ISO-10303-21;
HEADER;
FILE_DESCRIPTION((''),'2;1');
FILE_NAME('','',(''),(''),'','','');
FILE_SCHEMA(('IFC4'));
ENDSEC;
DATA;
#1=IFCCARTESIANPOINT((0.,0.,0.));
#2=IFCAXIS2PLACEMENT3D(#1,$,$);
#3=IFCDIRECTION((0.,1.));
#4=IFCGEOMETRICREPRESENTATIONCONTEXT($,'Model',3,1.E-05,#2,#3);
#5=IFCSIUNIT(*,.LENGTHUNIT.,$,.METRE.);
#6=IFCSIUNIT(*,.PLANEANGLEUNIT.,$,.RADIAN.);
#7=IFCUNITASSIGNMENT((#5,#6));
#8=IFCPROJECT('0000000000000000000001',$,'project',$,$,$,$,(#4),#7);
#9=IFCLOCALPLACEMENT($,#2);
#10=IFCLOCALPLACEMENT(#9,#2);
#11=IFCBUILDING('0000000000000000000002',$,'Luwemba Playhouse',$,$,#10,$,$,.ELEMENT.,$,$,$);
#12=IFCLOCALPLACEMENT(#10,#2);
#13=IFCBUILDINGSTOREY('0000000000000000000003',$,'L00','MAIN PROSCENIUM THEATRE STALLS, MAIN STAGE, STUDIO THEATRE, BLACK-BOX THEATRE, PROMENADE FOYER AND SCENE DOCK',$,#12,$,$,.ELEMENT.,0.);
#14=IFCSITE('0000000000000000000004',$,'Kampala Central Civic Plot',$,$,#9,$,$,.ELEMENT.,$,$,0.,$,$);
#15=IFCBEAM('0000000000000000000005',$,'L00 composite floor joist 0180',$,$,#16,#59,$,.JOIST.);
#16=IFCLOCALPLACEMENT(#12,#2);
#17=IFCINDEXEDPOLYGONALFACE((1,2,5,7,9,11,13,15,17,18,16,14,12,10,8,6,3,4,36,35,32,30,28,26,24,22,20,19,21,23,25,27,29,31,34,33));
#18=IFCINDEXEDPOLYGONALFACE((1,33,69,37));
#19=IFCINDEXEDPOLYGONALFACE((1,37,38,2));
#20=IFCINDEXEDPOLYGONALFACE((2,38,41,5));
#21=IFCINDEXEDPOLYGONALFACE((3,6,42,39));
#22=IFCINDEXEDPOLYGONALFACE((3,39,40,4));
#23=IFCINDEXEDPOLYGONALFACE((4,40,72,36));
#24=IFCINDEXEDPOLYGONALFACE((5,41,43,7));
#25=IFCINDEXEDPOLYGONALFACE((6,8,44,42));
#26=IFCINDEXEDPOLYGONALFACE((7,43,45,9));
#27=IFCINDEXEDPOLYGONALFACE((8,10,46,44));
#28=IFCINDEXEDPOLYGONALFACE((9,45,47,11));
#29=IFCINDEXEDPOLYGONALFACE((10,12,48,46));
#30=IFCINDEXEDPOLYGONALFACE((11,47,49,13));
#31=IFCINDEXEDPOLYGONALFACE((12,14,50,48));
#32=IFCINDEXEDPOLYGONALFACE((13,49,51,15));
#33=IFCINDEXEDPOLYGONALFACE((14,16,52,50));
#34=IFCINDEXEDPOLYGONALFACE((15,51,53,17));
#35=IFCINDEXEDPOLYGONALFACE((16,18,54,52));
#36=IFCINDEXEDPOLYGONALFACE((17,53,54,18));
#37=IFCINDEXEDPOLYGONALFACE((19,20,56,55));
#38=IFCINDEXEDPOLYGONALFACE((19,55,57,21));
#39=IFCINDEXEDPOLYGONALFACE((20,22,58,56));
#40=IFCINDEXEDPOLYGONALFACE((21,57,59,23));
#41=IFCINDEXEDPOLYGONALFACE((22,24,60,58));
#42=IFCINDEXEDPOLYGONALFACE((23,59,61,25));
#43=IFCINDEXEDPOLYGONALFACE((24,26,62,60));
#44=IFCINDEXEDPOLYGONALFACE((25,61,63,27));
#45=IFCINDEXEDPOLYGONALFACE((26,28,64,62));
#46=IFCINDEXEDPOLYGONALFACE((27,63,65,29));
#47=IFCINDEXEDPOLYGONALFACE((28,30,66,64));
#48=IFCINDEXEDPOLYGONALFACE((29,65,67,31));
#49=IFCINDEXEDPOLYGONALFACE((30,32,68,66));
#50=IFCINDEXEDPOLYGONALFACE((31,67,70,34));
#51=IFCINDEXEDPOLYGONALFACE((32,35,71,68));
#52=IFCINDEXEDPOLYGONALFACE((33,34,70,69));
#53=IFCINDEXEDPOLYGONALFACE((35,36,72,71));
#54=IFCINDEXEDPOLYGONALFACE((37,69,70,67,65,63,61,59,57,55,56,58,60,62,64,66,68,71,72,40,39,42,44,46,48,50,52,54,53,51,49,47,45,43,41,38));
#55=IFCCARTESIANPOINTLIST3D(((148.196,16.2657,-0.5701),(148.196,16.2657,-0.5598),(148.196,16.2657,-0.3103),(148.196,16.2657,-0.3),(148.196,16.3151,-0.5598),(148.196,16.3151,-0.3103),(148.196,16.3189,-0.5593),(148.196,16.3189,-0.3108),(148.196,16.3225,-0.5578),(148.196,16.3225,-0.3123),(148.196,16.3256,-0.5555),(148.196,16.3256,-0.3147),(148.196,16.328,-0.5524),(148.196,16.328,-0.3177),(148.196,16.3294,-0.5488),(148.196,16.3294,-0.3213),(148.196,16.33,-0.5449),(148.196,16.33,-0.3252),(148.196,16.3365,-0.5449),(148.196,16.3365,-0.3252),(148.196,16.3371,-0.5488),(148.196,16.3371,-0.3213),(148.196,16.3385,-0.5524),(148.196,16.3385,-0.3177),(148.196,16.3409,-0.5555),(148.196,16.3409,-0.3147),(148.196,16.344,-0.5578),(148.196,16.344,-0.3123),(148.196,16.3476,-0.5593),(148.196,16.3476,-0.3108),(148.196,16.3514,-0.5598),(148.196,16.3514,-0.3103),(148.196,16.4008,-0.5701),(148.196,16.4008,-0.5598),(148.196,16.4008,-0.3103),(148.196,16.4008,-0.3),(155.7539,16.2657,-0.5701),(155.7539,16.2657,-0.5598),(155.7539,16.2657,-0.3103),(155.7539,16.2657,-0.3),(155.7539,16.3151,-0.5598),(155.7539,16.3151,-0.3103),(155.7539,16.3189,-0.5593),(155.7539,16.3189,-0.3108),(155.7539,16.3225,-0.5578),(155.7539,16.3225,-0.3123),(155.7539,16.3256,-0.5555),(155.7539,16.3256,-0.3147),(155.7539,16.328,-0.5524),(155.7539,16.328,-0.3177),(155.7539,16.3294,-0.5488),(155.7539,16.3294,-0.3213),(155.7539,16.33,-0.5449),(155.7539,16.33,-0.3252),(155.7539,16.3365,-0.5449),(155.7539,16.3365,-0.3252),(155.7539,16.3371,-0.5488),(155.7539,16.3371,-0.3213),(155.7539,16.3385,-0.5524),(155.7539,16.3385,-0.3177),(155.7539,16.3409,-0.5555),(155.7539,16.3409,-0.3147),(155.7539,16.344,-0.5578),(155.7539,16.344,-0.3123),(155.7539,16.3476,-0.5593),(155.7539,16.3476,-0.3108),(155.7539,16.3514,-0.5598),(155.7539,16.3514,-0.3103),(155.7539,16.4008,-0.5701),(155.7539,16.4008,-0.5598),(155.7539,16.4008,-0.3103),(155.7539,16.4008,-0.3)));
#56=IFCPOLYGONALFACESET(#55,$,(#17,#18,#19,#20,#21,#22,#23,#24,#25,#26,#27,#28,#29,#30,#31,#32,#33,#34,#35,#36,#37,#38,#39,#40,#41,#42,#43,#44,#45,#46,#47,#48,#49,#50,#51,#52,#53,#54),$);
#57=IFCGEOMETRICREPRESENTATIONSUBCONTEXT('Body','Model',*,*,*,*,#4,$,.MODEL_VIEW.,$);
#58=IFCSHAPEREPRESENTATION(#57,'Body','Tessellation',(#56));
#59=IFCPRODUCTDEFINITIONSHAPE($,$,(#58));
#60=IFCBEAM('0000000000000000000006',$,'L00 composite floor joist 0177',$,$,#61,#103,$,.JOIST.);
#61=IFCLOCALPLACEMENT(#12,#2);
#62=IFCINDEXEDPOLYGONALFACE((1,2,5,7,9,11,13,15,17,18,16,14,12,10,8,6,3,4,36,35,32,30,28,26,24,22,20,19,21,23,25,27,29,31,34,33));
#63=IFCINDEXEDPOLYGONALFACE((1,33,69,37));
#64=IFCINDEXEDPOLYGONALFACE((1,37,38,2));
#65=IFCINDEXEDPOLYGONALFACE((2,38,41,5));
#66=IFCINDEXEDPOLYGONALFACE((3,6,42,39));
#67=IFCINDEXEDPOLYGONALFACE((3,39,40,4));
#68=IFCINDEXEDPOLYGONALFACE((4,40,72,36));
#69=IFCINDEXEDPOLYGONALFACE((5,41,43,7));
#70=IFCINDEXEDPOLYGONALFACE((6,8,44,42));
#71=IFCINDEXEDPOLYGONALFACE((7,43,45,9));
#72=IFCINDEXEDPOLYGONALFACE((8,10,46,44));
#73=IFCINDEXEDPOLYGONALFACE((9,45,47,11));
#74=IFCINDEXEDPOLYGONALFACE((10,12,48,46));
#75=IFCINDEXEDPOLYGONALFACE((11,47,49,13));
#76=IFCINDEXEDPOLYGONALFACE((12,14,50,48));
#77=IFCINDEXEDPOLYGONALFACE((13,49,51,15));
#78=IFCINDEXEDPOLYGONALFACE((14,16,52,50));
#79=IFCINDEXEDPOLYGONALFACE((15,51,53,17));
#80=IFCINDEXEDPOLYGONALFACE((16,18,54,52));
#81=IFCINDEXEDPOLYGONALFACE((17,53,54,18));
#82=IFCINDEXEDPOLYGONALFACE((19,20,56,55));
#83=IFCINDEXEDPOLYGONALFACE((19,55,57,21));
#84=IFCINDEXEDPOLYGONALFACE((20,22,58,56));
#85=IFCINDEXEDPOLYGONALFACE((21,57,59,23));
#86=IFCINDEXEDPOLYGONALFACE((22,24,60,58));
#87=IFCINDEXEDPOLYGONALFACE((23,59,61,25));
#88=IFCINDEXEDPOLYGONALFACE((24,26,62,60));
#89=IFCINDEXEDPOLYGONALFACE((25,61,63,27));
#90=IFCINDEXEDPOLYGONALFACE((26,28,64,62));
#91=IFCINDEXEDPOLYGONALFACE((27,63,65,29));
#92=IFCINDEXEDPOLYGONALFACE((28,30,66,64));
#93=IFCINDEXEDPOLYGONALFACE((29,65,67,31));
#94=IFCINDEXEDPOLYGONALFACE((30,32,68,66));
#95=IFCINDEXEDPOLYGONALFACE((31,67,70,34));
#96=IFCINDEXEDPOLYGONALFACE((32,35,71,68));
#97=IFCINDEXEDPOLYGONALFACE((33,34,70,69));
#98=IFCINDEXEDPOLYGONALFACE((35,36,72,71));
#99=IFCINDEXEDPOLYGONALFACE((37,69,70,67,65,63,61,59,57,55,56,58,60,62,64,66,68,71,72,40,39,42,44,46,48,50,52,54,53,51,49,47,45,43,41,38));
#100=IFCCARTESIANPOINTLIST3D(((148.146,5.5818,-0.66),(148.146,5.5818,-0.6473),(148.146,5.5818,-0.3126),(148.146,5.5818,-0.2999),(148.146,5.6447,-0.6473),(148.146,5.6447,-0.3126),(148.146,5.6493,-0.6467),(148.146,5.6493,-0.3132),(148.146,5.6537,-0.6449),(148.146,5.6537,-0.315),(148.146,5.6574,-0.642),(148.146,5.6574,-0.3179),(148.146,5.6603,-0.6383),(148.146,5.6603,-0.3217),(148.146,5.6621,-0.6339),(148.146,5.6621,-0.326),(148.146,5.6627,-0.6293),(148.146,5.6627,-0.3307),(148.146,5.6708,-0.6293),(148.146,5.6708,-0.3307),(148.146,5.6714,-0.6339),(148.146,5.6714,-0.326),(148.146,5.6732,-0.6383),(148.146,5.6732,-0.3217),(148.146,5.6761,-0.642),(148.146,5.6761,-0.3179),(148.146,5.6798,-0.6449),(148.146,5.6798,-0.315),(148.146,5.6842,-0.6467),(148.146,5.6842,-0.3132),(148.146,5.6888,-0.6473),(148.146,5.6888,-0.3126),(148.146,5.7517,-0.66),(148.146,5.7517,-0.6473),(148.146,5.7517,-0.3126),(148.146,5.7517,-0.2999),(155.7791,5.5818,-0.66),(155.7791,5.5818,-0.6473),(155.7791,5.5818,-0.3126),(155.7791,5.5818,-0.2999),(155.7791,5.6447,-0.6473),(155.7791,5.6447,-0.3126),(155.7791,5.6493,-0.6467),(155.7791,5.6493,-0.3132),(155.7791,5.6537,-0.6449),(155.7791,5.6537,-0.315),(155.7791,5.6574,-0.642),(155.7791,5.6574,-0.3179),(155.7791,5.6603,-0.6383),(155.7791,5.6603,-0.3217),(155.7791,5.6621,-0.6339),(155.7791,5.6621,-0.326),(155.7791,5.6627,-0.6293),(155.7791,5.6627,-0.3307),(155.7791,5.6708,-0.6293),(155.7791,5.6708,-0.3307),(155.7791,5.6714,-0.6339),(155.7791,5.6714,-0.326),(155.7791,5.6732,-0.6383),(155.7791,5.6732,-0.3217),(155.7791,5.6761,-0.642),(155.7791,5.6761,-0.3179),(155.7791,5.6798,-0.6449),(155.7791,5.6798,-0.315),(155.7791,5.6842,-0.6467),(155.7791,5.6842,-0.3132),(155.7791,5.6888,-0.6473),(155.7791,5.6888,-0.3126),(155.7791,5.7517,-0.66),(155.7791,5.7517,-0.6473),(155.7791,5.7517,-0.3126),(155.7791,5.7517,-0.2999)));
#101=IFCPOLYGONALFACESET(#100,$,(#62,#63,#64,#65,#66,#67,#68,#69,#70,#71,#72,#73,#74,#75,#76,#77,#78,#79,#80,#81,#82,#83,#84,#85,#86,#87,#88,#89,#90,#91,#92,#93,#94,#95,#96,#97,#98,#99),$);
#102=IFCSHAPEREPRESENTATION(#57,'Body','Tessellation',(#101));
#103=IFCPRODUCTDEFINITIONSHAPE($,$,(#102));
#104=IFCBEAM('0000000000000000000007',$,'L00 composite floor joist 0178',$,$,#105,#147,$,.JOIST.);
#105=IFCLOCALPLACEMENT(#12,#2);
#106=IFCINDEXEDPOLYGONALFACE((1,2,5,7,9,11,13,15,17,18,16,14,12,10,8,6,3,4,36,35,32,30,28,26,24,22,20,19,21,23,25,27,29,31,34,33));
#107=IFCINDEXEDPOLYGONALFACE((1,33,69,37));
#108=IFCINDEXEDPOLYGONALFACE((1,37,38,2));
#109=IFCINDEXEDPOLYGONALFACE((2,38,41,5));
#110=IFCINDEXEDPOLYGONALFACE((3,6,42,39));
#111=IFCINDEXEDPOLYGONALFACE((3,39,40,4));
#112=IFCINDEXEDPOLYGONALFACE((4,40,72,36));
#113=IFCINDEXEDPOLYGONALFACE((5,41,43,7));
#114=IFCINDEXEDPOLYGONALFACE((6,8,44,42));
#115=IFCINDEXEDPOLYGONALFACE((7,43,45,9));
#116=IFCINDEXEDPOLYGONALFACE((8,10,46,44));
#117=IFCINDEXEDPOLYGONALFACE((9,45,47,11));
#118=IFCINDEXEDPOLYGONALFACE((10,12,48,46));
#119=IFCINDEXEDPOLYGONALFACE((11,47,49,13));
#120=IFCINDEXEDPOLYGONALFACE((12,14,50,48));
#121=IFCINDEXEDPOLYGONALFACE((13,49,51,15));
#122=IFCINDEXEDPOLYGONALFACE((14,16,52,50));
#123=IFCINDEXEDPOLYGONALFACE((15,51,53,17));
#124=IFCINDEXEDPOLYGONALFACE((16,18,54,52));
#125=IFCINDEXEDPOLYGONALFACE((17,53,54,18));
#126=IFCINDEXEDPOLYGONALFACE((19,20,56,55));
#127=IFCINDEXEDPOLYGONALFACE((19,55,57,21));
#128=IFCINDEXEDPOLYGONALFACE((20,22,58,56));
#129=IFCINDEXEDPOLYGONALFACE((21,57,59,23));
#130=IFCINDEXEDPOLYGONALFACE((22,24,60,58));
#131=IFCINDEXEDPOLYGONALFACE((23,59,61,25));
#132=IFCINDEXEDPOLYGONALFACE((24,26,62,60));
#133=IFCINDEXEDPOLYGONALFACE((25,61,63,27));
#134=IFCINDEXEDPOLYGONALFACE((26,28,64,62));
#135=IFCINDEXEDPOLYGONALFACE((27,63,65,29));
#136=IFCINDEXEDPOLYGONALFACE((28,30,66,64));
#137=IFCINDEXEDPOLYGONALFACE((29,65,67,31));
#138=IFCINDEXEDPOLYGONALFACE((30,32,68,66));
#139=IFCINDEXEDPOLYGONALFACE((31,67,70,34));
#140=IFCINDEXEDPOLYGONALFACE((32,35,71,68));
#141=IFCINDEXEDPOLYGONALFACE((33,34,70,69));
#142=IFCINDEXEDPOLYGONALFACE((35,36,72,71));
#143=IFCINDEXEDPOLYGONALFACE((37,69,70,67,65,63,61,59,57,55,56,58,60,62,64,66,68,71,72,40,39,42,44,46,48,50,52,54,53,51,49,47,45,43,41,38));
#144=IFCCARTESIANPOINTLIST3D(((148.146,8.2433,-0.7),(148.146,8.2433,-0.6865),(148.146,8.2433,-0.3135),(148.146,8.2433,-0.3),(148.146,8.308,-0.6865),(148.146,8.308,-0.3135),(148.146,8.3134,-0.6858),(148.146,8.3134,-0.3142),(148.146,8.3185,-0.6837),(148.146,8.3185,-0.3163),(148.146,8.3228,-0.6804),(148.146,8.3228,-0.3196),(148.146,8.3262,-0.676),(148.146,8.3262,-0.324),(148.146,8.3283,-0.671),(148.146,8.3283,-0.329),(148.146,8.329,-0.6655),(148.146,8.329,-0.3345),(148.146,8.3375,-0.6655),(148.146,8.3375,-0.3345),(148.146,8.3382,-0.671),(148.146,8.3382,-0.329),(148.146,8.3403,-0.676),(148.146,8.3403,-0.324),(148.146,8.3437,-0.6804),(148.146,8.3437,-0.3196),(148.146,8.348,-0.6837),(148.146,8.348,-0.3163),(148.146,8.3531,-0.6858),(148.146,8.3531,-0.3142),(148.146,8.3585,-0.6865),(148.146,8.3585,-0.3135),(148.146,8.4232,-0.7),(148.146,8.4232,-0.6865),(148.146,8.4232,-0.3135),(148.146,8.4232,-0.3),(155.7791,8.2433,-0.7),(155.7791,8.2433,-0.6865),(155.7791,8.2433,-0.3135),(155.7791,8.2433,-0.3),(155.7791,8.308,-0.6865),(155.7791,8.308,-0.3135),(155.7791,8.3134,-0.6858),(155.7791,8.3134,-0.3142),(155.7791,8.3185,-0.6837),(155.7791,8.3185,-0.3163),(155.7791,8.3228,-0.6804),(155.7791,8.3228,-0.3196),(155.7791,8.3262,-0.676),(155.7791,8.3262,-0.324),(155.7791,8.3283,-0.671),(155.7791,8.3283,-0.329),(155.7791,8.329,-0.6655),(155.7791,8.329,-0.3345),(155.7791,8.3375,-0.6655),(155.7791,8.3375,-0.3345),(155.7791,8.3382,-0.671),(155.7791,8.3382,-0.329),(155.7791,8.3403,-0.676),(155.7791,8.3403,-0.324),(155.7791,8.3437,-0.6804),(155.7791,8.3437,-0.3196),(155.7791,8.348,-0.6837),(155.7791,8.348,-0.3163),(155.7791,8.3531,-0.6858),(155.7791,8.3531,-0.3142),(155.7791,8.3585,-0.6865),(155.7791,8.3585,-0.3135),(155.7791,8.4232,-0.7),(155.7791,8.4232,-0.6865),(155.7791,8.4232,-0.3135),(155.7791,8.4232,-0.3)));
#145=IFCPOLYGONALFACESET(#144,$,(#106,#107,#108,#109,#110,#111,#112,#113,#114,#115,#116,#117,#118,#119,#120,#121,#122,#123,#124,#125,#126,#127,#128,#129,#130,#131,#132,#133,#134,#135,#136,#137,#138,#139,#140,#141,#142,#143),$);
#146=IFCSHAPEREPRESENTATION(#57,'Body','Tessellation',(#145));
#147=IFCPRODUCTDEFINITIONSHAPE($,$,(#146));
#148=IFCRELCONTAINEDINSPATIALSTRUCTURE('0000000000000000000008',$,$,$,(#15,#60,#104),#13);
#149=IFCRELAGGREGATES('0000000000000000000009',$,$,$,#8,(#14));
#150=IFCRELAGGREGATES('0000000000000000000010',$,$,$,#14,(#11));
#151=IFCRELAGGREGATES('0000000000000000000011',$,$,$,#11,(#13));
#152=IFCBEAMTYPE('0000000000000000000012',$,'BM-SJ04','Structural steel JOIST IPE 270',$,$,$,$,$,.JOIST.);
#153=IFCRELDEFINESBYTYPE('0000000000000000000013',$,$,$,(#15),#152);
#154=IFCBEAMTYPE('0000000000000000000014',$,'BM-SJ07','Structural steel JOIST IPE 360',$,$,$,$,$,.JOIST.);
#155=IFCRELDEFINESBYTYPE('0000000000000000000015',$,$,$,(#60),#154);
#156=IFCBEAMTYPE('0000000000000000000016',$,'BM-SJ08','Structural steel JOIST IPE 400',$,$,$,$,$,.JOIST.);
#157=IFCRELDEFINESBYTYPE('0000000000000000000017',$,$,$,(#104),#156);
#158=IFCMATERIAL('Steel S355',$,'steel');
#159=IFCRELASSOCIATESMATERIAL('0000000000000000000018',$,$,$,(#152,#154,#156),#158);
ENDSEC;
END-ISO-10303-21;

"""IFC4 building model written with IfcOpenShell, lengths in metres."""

from ifc_helpers import new_model, si_unit, direction, frame, origin, origin_2d, place, context, subcontext, project, spatial, i_section, extrude, material, material_profile, profile_set, type_object, element, save


model = new_model("IFC4")

# Units and contexts
model_context = context("Model", 3, precision=1e-05, world=origin(), true_north=direction((0.0, 1.0)))
body_context = subcontext(model_context, "Body", "Model", "MODEL_VIEW")
ifc_project = project(units=[si_unit("LENGTHUNIT", "METRE"), si_unit("PLANEANGLEUNIT", "RADIAN")], contexts=[model_context])

# Site, building, storey
site_placement = place(None, origin())
site = spatial("IfcSite", under=ifc_project, at=site_placement, Name="Kampala Central Civic Plot", CompositionType="ELEMENT", RefElevation=0.0)
building_placement = place(site_placement, origin())
building = spatial("IfcBuilding", under=site, at=building_placement, Name="Luwemba Playhouse", CompositionType="ELEMENT")
storey_placement = place(building_placement, origin())
storey = spatial("IfcBuildingStorey", under=building, at=storey_placement, Name="L00", Description="MAIN PROSCENIUM THEATRE STALLS, MAIN STAGE, STUDIO THEATRE, BLACK-BOX THEATRE, PROMENADE FOYER AND SCENE DOCK", CompositionType="ELEMENT", Elevation=0.0)

# Beams
ifc_material_1 = material(Name="Steel S355", Category="steel")
ifc_material_profile_1 = material_profile(ifc_material_1, i_section(OverallWidth=0.135, OverallDepth=0.27, WebThickness=0.0066, FlangeThickness=0.0103, FilletRadius=0.0149, at=origin_2d()))
ifc_profile_set_1 = profile_set([ifc_material_profile_1], Name="Steel S355")
beam_type_1 = type_object("IfcBeamType", Name="BM-SJ04", Description="Structural steel JOIST IPE 270", PredefinedType="JOIST", material=ifc_profile_set_1)
beam_1_placement = place(storey_placement, frame((148.196, 16.3333, -0.4351), z_axis=(1.0, 0.0, 0.0), x_axis=(0.0, 1.0, 0.0)))
element("IfcBeam", 1, at=beam_1_placement, inside=storey, type_object=beam_type_1, Name="L00 composite floor joist 0180", PredefinedType="JOIST", context=body_context, shape_type="SweptSolid", body=[
    extrude(i_section(OverallWidth=0.135, OverallDepth=0.27, WebThickness=0.0066, FlangeThickness=0.0103, FilletRadius=0.0149, at=origin_2d()), origin(), (0.0, 0.0, 1.0), 7.5579),
])
ifc_material_profile_2 = material_profile(ifc_material_1, i_section(OverallWidth=0.1699, OverallDepth=0.3601, WebThickness=0.0081, FlangeThickness=0.0127, FilletRadius=0.0181, at=origin_2d()))
ifc_profile_set_2 = profile_set([ifc_material_profile_2], Name="Steel S355")
beam_type_2 = type_object("IfcBeamType", Name="BM-SJ07", Description="Structural steel JOIST IPE 360", PredefinedType="JOIST", material=ifc_profile_set_2)
beam_2_placement = place(storey_placement, frame((148.146, 5.6667, -0.48), z_axis=(1.0, 0.0, 0.0), x_axis=(0.0, 1.0, 0.0)))
element("IfcBeam", 2, at=beam_2_placement, inside=storey, type_object=beam_type_2, Name="L00 composite floor joist 0177", PredefinedType="JOIST", context=body_context, shape_type="SweptSolid", body=[
    extrude(i_section(OverallWidth=0.1699, OverallDepth=0.3601, WebThickness=0.0081, FlangeThickness=0.0127, FilletRadius=0.0181, at=origin_2d()), origin(), (0.0, 0.0, 1.0), 7.6331),
])
ifc_material_profile_3 = material_profile(ifc_material_1, i_section(OverallWidth=0.1799, OverallDepth=0.3999, WebThickness=0.0085, FlangeThickness=0.0134, FilletRadius=0.021, at=origin_2d()))
ifc_profile_set_3 = profile_set([ifc_material_profile_3], Name="Steel S355")
beam_type_3 = type_object("IfcBeamType", Name="BM-SJ08", Description="Structural steel JOIST IPE 400", PredefinedType="JOIST", material=ifc_profile_set_3)
beam_3_placement = place(storey_placement, frame((148.146, 8.3333, -0.5), z_axis=(1.0, 0.0, 0.0), x_axis=(0.0, 1.0, 0.0)))
element("IfcBeam", 3, at=beam_3_placement, inside=storey, type_object=beam_type_3, Name="L00 composite floor joist 0178", PredefinedType="JOIST", context=body_context, shape_type="SweptSolid", body=[
    extrude(i_section(OverallWidth=0.1799, OverallDepth=0.3999, WebThickness=0.0085, FlangeThickness=0.0134, FilletRadius=0.021, at=origin_2d()), origin(), (0.0, 0.0, 1.0), 7.6331),
])

save(model, "model.ifc")
